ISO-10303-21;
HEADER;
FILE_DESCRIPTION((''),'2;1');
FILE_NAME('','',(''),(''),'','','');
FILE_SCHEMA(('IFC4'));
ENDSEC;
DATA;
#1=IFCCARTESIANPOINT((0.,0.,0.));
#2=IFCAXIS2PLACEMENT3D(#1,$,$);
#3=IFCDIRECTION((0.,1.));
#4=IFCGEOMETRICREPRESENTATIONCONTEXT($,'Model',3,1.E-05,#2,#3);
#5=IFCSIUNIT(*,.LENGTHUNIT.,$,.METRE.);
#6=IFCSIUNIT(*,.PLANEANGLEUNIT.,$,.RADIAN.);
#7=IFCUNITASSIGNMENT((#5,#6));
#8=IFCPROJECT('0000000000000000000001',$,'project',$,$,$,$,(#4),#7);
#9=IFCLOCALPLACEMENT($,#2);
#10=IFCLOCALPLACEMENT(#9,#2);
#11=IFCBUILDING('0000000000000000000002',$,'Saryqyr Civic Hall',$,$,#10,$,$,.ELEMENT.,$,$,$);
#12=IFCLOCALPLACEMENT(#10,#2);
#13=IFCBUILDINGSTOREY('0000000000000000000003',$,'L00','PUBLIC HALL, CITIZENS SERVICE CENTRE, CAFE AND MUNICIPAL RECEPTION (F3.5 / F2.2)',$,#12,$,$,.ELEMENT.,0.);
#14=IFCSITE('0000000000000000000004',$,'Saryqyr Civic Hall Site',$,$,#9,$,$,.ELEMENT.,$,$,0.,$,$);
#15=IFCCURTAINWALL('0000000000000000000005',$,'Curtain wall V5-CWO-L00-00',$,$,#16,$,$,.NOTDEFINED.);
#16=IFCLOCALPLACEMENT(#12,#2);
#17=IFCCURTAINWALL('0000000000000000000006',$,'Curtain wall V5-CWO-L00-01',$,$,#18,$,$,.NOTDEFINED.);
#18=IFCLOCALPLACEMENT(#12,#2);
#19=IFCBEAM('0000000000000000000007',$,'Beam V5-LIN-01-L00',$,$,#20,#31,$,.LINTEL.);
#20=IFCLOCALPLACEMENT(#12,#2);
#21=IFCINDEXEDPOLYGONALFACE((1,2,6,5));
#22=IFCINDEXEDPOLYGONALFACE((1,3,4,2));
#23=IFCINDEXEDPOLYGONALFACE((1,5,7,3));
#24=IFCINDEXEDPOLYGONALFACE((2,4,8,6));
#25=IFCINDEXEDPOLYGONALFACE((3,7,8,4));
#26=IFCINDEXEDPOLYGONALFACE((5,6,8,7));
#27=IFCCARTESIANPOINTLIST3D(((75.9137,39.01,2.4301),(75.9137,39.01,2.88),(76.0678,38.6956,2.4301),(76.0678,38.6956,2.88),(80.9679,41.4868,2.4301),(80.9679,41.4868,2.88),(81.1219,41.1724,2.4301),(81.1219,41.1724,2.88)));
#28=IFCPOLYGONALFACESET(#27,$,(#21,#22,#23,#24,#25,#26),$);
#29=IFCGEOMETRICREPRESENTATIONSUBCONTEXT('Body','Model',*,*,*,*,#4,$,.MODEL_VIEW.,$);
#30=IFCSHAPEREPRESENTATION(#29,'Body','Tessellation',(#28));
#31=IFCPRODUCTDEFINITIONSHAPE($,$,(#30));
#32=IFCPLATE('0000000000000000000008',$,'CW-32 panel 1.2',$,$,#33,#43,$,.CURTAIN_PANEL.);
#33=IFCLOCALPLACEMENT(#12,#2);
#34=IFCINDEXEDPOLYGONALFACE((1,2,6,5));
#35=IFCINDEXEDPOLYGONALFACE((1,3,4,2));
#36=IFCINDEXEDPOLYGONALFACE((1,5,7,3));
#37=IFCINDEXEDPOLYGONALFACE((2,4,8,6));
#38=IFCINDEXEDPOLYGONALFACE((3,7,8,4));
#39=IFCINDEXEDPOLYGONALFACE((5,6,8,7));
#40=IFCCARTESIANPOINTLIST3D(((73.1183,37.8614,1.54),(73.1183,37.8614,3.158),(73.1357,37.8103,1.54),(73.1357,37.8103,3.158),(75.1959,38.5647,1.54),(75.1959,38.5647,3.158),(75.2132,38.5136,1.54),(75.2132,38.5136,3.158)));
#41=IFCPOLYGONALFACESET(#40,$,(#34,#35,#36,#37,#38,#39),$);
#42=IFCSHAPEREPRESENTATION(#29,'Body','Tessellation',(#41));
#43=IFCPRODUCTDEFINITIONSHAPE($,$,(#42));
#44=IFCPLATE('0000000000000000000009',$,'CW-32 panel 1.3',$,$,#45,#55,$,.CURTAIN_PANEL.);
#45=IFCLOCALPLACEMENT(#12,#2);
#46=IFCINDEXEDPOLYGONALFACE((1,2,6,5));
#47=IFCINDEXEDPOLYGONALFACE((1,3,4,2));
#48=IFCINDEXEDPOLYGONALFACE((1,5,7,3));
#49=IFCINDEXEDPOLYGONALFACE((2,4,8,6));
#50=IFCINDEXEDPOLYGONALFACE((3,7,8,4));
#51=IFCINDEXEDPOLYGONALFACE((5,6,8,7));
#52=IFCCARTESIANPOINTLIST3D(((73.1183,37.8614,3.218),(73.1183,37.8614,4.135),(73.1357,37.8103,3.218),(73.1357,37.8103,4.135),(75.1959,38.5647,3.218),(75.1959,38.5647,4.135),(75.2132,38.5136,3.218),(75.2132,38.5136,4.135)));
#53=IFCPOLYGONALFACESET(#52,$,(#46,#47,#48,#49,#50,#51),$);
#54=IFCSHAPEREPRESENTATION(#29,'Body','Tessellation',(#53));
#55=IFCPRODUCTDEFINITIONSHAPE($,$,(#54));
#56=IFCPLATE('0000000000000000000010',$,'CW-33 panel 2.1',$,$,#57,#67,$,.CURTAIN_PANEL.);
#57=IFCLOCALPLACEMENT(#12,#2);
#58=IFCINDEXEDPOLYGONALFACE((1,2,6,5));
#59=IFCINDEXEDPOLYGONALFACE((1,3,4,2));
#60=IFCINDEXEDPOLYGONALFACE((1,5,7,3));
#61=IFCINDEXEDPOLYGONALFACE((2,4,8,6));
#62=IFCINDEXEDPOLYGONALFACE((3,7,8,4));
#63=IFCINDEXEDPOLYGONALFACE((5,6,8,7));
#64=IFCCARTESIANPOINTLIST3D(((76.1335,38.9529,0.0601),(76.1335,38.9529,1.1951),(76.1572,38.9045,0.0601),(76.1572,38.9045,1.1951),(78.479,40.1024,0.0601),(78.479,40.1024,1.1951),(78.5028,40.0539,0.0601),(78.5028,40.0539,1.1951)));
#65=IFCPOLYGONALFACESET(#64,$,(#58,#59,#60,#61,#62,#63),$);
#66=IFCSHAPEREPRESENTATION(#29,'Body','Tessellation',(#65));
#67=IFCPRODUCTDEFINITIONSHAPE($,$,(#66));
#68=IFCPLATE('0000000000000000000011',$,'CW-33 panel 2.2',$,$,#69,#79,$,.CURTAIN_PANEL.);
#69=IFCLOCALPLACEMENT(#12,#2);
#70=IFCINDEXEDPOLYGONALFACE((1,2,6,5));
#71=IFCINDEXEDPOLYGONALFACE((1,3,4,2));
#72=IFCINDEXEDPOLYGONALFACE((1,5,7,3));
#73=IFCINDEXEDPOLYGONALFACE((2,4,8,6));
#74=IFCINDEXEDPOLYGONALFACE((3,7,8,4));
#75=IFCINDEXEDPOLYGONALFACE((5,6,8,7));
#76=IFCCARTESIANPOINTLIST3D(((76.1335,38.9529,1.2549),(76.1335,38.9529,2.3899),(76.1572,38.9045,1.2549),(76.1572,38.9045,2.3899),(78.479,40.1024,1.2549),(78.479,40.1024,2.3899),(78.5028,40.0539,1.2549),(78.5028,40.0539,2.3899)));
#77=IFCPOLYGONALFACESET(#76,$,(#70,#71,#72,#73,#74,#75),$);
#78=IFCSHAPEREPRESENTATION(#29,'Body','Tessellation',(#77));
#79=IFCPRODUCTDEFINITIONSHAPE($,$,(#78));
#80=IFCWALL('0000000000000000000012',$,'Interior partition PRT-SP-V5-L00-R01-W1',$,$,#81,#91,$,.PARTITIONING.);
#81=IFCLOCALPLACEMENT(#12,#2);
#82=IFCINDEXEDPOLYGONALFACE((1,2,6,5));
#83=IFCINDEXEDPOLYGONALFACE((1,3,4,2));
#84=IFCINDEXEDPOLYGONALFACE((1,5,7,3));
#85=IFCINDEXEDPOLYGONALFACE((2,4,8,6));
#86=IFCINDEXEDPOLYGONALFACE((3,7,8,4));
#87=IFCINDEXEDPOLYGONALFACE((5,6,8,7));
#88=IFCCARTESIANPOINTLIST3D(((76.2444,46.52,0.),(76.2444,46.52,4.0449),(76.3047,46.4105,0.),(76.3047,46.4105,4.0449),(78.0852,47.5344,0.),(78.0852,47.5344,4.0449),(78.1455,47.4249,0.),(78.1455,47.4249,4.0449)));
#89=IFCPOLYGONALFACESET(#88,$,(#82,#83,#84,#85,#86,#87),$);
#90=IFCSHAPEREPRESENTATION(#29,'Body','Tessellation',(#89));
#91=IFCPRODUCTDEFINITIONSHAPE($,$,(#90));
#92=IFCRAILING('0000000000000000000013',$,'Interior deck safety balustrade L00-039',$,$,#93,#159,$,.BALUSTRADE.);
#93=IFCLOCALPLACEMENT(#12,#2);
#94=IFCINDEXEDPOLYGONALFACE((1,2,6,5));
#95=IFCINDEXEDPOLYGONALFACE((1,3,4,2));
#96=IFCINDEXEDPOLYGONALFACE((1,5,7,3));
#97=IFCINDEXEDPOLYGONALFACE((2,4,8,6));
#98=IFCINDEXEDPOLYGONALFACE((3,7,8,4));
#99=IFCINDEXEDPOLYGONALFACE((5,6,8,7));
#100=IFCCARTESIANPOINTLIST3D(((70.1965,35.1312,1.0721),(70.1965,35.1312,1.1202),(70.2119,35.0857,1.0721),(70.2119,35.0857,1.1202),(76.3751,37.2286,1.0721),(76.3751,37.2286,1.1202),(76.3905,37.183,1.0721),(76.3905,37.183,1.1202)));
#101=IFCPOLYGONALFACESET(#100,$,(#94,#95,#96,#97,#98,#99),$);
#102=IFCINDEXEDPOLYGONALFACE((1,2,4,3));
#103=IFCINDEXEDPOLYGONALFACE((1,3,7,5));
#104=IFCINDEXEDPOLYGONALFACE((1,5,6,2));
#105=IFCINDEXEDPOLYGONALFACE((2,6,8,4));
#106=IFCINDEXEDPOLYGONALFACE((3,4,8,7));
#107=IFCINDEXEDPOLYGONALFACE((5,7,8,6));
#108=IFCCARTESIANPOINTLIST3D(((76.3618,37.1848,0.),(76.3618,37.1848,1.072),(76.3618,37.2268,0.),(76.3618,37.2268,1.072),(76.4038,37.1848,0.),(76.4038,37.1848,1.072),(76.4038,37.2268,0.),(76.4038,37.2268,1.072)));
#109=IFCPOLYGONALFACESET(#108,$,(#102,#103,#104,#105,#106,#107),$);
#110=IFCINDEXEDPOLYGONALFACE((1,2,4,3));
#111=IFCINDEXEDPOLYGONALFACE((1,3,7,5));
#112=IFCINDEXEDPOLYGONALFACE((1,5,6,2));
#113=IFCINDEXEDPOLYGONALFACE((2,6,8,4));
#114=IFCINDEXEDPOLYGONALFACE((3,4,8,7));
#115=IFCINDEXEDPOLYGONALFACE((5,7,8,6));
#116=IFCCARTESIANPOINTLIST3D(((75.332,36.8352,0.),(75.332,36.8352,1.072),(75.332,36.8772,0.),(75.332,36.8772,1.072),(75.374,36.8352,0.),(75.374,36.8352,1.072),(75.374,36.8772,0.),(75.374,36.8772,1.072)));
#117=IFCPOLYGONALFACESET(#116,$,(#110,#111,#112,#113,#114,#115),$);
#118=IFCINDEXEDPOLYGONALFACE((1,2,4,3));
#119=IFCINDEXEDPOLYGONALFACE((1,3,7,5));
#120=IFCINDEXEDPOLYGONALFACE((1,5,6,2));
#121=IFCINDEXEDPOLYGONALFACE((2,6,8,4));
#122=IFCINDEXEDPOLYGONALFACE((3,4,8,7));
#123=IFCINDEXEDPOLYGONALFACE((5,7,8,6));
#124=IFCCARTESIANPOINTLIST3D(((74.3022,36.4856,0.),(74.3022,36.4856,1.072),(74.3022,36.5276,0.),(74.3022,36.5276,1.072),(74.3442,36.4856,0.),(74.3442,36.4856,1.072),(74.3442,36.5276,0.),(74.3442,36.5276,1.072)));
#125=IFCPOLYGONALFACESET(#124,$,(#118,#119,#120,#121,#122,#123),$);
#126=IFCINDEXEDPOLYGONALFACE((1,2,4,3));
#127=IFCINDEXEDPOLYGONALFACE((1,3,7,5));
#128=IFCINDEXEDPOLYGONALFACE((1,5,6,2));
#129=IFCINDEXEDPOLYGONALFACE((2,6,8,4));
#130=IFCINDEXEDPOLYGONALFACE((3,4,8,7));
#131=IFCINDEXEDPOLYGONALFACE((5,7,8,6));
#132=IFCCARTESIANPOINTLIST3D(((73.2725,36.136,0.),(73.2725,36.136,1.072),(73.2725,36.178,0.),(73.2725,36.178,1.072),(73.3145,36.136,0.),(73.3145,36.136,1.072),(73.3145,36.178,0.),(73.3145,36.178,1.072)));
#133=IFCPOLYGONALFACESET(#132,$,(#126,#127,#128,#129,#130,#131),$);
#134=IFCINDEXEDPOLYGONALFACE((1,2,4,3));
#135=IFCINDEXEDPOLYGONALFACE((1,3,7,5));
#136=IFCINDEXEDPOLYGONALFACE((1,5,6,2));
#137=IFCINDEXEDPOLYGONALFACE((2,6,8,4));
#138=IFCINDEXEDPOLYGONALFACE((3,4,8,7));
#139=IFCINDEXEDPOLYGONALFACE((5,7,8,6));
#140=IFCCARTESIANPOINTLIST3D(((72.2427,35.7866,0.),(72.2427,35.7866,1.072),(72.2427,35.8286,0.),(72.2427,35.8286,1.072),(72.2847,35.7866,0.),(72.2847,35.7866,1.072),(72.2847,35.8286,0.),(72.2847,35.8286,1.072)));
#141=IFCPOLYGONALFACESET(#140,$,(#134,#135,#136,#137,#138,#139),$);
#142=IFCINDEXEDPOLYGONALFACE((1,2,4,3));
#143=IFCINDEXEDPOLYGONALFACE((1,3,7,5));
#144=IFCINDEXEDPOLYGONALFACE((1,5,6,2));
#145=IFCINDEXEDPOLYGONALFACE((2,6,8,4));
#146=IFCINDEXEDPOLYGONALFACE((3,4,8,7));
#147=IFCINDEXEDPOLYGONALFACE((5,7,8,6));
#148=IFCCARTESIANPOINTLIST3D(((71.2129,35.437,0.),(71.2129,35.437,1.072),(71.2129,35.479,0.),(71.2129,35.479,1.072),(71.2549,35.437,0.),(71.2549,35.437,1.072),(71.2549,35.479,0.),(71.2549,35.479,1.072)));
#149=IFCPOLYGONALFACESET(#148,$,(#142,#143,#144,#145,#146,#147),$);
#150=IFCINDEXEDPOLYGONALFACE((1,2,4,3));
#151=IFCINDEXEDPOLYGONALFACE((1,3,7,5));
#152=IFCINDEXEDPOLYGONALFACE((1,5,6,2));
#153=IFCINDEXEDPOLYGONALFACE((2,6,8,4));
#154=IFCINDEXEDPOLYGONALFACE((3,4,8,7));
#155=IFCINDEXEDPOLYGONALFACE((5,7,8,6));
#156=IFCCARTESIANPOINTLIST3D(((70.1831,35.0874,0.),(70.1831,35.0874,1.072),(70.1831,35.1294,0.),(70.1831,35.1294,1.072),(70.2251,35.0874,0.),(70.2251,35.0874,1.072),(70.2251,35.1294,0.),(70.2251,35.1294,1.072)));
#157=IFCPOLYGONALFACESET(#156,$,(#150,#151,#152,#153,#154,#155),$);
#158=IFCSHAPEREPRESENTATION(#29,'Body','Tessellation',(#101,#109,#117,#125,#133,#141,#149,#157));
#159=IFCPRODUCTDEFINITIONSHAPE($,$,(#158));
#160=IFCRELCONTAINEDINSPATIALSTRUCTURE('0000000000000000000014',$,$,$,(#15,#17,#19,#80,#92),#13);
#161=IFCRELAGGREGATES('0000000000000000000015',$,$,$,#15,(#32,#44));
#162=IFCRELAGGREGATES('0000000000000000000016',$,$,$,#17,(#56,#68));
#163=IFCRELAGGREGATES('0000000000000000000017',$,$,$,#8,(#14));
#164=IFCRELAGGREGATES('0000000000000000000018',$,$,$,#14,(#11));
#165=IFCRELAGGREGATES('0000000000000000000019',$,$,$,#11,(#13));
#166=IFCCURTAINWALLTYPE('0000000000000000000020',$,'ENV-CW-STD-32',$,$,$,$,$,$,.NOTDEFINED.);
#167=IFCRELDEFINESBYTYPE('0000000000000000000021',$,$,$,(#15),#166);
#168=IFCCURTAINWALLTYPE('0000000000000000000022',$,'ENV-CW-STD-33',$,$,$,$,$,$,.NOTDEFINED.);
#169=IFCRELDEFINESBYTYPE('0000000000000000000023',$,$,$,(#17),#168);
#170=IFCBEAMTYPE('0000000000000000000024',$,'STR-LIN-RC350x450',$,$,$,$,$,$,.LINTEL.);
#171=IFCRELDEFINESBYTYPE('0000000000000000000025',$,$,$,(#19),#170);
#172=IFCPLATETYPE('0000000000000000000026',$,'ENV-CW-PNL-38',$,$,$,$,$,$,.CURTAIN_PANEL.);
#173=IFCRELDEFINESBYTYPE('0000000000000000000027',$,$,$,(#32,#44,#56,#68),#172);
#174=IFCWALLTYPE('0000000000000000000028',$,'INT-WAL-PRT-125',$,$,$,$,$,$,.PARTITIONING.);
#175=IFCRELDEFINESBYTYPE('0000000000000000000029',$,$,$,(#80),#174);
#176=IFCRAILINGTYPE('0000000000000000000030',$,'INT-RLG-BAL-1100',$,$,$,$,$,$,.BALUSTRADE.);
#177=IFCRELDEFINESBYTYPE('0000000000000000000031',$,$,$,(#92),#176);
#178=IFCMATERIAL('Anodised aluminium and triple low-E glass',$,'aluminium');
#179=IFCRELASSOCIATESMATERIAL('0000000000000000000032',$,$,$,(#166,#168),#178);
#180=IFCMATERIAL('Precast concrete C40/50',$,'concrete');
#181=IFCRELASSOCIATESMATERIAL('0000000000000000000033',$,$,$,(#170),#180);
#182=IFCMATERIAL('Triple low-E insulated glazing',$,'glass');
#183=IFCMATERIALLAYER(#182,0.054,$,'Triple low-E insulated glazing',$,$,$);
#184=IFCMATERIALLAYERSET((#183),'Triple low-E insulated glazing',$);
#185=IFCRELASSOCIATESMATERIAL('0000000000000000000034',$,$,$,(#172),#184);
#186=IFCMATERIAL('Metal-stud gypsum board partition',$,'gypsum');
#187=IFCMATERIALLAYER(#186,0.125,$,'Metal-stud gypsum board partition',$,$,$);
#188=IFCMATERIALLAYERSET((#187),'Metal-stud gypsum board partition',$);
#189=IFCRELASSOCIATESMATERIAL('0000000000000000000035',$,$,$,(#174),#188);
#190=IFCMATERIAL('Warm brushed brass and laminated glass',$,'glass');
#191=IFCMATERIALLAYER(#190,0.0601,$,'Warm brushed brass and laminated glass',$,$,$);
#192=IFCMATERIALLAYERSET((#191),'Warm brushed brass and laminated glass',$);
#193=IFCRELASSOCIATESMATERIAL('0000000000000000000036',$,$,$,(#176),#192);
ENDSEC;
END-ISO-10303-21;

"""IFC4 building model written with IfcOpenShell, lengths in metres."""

from ifc_helpers import new_model, si_unit, direction, frame, frame_2d, origin, origin_2d, place, context, subcontext, project, spatial, rectangle, extrude, material, layer, layer_set, material_profile, profile_set, type_object, element, aggregate, save


model = new_model("IFC4")

# Units and contexts
model_context = context("Model", 3, precision=1e-05, world=origin(), true_north=direction((0.0, 1.0)))
body_context = subcontext(model_context, "Body", "Model", "MODEL_VIEW")
ifc_project = project(units=[si_unit("LENGTHUNIT", "METRE"), si_unit("PLANEANGLEUNIT", "RADIAN")], contexts=[model_context])

# Site, building, storey
site_placement = place(None, origin())
site = spatial("IfcSite", under=ifc_project, at=site_placement, Name="Saryqyr Civic Hall Site", CompositionType="ELEMENT", RefElevation=0.0)
building_placement = place(site_placement, origin())
building = spatial("IfcBuilding", under=site, at=building_placement, Name="Saryqyr Civic Hall", CompositionType="ELEMENT")
storey_placement = place(building_placement, origin())
storey = spatial("IfcBuildingStorey", under=building, at=storey_placement, Name="L00", Description="PUBLIC HALL, CITIZENS SERVICE CENTRE, CAFE AND MUNICIPAL RECEPTION (F3.5 / F2.2)", CompositionType="ELEMENT", Elevation=0.0)

# Curtain walls
ifc_material_1 = material(Name="Anodised aluminium and triple low-E glass", Category="aluminium")
curtain_wall_type_1 = type_object("IfcCurtainWallType", Name="ENV-CW-STD-32", PredefinedType="NOTDEFINED", material=ifc_material_1)
curtain_wall_1_placement = place(storey_placement, origin())
curtain_wall_1 = element("IfcCurtainWall", 1, at=curtain_wall_1_placement, inside=storey, type_object=curtain_wall_type_1, Name="Curtain wall V5-CWO-L00-00", PredefinedType="NOTDEFINED")
curtain_wall_type_2 = type_object("IfcCurtainWallType", Name="ENV-CW-STD-33", PredefinedType="NOTDEFINED", material=ifc_material_1)
curtain_wall_2_placement = place(storey_placement, origin())
curtain_wall_2 = element("IfcCurtainWall", 2, at=curtain_wall_2_placement, inside=storey, type_object=curtain_wall_type_2, Name="Curtain wall V5-CWO-L00-01", PredefinedType="NOTDEFINED")

# Beam
ifc_material_2 = material(Name="Precast concrete C40/50", Category="concrete")
ifc_material_profile_1 = material_profile(ifc_material_2, rectangle(XDim=0.3501, YDim=0.45, at=origin_2d()), Name="RC 350x450")
ifc_profile_set_1 = profile_set([ifc_material_profile_1], Name="Precast concrete C40/50")
beam_type_1 = type_object("IfcBeamType", Name="STR-LIN-RC350x450", PredefinedType="LINTEL", material=ifc_profile_set_1)
beam_1_placement = place(storey_placement, frame((75.9907, 38.8528, 2.655), z_axis=(0.897973, 0.440051, 0.0), x_axis=(-0.440051, 0.897973, 0.0)))
element("IfcBeam", 3, at=beam_1_placement, inside=storey, type_object=beam_type_1, Name="Beam V5-LIN-01-L00", PredefinedType="LINTEL", context=body_context, shape_type="SweptSolid", body=[
    extrude(rectangle(XDim=0.3501, YDim=0.45, at=origin_2d()), origin(), (0.0, 0.0, 1.0), 5.6284),
])

# Plates
ifc_material_3 = material(Name="Triple low-E insulated glazing", Category="glass")
ifc_layer_1 = layer(ifc_material_3, 0.054, Name="Triple low-E insulated glazing")
ifc_layer_set_1 = layer_set([ifc_layer_1], Name="Triple low-E insulated glazing")
plate_type = type_object("IfcPlateType", Name="ENV-CW-PNL-38", PredefinedType="CURTAIN_PANEL", material=ifc_layer_set_1)
plate_1_placement = place(storey_placement, frame((74.1658, 38.1875, 1.54), z_axis=(0.0, 0.0, 1.0), x_axis=(-0.947197, -0.320652, 0.0)))
plate_1 = element("IfcPlate", 4, at=plate_1_placement, type_object=plate_type, Name="CW-32 panel 1.2", PredefinedType="CURTAIN_PANEL", context=body_context, shape_type="SweptSolid", body=[
    extrude(rectangle(XDim=2.1934, YDim=0.054, at=origin_2d()), origin(), (0.0, 0.0, 1.0), 1.6179),
])
plate_2_placement = place(storey_placement, frame((74.1658, 38.1875, 3.218), z_axis=(0.0, 0.0, 1.0), x_axis=(-0.947197, -0.320652, 0.0)))
plate_2 = element("IfcPlate", 5, at=plate_2_placement, type_object=plate_type, Name="CW-32 panel 1.3", PredefinedType="CURTAIN_PANEL", context=body_context, shape_type="SweptSolid", body=[
    extrude(rectangle(XDim=2.1934, YDim=0.054, at=origin_2d()), origin(), (0.0, 0.0, 1.0), 0.917),
])
aggregate(curtain_wall_1, [plate_1, plate_2])
plate_3_placement = place(storey_placement, frame((77.3181, 39.5034, 0.0601), z_axis=(0.0, 0.0, 1.0), x_axis=(-0.897977, -0.440042, 0.0)))
plate_3 = element("IfcPlate", 6, at=plate_3_placement, type_object=plate_type, Name="CW-33 panel 2.1", PredefinedType="CURTAIN_PANEL", context=body_context, shape_type="SweptSolid", body=[
    extrude(rectangle(XDim=2.6121, YDim=0.054, at=origin_2d()), origin(), (0.0, 0.0, 1.0), 1.135),
])
plate_4_placement = place(storey_placement, frame((77.3181, 39.5034, 1.2549), z_axis=(0.0, 0.0, 1.0), x_axis=(-0.897977, -0.440042, 0.0)))
plate_4 = element("IfcPlate", 7, at=plate_4_placement, type_object=plate_type, Name="CW-33 panel 2.2", PredefinedType="CURTAIN_PANEL", context=body_context, shape_type="SweptSolid", body=[
    extrude(rectangle(XDim=2.6121, YDim=0.054, at=origin_2d()), origin(), (0.0, 0.0, 1.0), 1.135),
])
aggregate(curtain_wall_2, [plate_3, plate_4])

# Wall
ifc_material_4 = material(Name="Metal-stud gypsum board partition", Category="gypsum")
ifc_layer_2 = layer(ifc_material_4, 0.125, Name="Metal-stud gypsum board partition")
ifc_layer_set_2 = layer_set([ifc_layer_2], Name="Metal-stud gypsum board partition")
wall_type = type_object("IfcWallType", Name="INT-WAL-PRT-125", PredefinedType="PARTITIONING", material=ifc_layer_set_2)
wall_placement = place(storey_placement, frame((76.2747, 46.4653, 0.0), z_axis=(0.0, 0.0, 1.0), x_axis=(0.875823, 0.482632, 0.0)))
element("IfcWall", 8, at=wall_placement, inside=storey, type_object=wall_type, Name="Interior partition PRT-SP-V5-L00-R01-W1", PredefinedType="PARTITIONING", context=body_context, shape_type="SweptSolid", body=[
    extrude(rectangle(XDim=2.1018, YDim=0.125, at=frame_2d((1.0508, 0.0))), origin(), (0.0, 0.0, 1.0), 4.0449),
])

# Railing
ifc_material_5 = material(Name="Warm brushed brass and laminated glass", Category="glass")
ifc_layer_3 = layer(ifc_material_5, 0.0601, Name="Warm brushed brass and laminated glass")
ifc_layer_set_3 = layer_set([ifc_layer_3], Name="Warm brushed brass and laminated glass")
railing_type = type_object("IfcRailingType", Name="INT-RLG-BAL-1100", PredefinedType="BALUSTRADE", material=ifc_layer_set_3)
railing_placement = place(storey_placement, frame((76.3828, 37.2058, 0.0)))
element("IfcRailing", 9, at=railing_placement, inside=storey, type_object=railing_type, Name="Interior deck safety balustrade L00-039", PredefinedType="BALUSTRADE", context=body_context, shape_type="SweptSolid", body=[
    extrude(rectangle(XDim=0.0481, YDim=0.0481, at=origin_2d()), frame((0.0, 0.0, 1.0962), z_axis=(-0.946929, -0.321443, 0.0), x_axis=(0.321443, -0.946929, 0.0)), (0.0, 0.0, 1.0), 6.5249),
    extrude(rectangle(XDim=0.042, YDim=0.042, at=origin_2d()), origin(), (0.0, 0.0, 1.0), 1.072),
    extrude(rectangle(XDim=0.042, YDim=0.042, at=origin_2d()), frame((-1.0298, -0.3496, 0.0)), (0.0, 0.0, 1.0), 1.072),
    extrude(rectangle(XDim=0.042, YDim=0.042, at=origin_2d()), frame((-2.0596, -0.6992, 0.0)), (0.0, 0.0, 1.0), 1.072),
    extrude(rectangle(XDim=0.042, YDim=0.042, at=origin_2d()), frame((-3.0894, -1.0488, 0.0)), (0.0, 0.0, 1.0), 1.072),
    extrude(rectangle(XDim=0.042, YDim=0.042, at=origin_2d()), frame((-4.1191, -1.3982, 0.0)), (0.0, 0.0, 1.0), 1.072),
    extrude(rectangle(XDim=0.042, YDim=0.042, at=origin_2d()), frame((-5.1489, -1.7478, 0.0)), (0.0, 0.0, 1.0), 1.072),
    extrude(rectangle(XDim=0.042, YDim=0.042, at=origin_2d()), frame((-6.1787, -2.0974, 0.0)), (0.0, 0.0, 1.0), 1.072),
])

save(model, "model.ifc")
